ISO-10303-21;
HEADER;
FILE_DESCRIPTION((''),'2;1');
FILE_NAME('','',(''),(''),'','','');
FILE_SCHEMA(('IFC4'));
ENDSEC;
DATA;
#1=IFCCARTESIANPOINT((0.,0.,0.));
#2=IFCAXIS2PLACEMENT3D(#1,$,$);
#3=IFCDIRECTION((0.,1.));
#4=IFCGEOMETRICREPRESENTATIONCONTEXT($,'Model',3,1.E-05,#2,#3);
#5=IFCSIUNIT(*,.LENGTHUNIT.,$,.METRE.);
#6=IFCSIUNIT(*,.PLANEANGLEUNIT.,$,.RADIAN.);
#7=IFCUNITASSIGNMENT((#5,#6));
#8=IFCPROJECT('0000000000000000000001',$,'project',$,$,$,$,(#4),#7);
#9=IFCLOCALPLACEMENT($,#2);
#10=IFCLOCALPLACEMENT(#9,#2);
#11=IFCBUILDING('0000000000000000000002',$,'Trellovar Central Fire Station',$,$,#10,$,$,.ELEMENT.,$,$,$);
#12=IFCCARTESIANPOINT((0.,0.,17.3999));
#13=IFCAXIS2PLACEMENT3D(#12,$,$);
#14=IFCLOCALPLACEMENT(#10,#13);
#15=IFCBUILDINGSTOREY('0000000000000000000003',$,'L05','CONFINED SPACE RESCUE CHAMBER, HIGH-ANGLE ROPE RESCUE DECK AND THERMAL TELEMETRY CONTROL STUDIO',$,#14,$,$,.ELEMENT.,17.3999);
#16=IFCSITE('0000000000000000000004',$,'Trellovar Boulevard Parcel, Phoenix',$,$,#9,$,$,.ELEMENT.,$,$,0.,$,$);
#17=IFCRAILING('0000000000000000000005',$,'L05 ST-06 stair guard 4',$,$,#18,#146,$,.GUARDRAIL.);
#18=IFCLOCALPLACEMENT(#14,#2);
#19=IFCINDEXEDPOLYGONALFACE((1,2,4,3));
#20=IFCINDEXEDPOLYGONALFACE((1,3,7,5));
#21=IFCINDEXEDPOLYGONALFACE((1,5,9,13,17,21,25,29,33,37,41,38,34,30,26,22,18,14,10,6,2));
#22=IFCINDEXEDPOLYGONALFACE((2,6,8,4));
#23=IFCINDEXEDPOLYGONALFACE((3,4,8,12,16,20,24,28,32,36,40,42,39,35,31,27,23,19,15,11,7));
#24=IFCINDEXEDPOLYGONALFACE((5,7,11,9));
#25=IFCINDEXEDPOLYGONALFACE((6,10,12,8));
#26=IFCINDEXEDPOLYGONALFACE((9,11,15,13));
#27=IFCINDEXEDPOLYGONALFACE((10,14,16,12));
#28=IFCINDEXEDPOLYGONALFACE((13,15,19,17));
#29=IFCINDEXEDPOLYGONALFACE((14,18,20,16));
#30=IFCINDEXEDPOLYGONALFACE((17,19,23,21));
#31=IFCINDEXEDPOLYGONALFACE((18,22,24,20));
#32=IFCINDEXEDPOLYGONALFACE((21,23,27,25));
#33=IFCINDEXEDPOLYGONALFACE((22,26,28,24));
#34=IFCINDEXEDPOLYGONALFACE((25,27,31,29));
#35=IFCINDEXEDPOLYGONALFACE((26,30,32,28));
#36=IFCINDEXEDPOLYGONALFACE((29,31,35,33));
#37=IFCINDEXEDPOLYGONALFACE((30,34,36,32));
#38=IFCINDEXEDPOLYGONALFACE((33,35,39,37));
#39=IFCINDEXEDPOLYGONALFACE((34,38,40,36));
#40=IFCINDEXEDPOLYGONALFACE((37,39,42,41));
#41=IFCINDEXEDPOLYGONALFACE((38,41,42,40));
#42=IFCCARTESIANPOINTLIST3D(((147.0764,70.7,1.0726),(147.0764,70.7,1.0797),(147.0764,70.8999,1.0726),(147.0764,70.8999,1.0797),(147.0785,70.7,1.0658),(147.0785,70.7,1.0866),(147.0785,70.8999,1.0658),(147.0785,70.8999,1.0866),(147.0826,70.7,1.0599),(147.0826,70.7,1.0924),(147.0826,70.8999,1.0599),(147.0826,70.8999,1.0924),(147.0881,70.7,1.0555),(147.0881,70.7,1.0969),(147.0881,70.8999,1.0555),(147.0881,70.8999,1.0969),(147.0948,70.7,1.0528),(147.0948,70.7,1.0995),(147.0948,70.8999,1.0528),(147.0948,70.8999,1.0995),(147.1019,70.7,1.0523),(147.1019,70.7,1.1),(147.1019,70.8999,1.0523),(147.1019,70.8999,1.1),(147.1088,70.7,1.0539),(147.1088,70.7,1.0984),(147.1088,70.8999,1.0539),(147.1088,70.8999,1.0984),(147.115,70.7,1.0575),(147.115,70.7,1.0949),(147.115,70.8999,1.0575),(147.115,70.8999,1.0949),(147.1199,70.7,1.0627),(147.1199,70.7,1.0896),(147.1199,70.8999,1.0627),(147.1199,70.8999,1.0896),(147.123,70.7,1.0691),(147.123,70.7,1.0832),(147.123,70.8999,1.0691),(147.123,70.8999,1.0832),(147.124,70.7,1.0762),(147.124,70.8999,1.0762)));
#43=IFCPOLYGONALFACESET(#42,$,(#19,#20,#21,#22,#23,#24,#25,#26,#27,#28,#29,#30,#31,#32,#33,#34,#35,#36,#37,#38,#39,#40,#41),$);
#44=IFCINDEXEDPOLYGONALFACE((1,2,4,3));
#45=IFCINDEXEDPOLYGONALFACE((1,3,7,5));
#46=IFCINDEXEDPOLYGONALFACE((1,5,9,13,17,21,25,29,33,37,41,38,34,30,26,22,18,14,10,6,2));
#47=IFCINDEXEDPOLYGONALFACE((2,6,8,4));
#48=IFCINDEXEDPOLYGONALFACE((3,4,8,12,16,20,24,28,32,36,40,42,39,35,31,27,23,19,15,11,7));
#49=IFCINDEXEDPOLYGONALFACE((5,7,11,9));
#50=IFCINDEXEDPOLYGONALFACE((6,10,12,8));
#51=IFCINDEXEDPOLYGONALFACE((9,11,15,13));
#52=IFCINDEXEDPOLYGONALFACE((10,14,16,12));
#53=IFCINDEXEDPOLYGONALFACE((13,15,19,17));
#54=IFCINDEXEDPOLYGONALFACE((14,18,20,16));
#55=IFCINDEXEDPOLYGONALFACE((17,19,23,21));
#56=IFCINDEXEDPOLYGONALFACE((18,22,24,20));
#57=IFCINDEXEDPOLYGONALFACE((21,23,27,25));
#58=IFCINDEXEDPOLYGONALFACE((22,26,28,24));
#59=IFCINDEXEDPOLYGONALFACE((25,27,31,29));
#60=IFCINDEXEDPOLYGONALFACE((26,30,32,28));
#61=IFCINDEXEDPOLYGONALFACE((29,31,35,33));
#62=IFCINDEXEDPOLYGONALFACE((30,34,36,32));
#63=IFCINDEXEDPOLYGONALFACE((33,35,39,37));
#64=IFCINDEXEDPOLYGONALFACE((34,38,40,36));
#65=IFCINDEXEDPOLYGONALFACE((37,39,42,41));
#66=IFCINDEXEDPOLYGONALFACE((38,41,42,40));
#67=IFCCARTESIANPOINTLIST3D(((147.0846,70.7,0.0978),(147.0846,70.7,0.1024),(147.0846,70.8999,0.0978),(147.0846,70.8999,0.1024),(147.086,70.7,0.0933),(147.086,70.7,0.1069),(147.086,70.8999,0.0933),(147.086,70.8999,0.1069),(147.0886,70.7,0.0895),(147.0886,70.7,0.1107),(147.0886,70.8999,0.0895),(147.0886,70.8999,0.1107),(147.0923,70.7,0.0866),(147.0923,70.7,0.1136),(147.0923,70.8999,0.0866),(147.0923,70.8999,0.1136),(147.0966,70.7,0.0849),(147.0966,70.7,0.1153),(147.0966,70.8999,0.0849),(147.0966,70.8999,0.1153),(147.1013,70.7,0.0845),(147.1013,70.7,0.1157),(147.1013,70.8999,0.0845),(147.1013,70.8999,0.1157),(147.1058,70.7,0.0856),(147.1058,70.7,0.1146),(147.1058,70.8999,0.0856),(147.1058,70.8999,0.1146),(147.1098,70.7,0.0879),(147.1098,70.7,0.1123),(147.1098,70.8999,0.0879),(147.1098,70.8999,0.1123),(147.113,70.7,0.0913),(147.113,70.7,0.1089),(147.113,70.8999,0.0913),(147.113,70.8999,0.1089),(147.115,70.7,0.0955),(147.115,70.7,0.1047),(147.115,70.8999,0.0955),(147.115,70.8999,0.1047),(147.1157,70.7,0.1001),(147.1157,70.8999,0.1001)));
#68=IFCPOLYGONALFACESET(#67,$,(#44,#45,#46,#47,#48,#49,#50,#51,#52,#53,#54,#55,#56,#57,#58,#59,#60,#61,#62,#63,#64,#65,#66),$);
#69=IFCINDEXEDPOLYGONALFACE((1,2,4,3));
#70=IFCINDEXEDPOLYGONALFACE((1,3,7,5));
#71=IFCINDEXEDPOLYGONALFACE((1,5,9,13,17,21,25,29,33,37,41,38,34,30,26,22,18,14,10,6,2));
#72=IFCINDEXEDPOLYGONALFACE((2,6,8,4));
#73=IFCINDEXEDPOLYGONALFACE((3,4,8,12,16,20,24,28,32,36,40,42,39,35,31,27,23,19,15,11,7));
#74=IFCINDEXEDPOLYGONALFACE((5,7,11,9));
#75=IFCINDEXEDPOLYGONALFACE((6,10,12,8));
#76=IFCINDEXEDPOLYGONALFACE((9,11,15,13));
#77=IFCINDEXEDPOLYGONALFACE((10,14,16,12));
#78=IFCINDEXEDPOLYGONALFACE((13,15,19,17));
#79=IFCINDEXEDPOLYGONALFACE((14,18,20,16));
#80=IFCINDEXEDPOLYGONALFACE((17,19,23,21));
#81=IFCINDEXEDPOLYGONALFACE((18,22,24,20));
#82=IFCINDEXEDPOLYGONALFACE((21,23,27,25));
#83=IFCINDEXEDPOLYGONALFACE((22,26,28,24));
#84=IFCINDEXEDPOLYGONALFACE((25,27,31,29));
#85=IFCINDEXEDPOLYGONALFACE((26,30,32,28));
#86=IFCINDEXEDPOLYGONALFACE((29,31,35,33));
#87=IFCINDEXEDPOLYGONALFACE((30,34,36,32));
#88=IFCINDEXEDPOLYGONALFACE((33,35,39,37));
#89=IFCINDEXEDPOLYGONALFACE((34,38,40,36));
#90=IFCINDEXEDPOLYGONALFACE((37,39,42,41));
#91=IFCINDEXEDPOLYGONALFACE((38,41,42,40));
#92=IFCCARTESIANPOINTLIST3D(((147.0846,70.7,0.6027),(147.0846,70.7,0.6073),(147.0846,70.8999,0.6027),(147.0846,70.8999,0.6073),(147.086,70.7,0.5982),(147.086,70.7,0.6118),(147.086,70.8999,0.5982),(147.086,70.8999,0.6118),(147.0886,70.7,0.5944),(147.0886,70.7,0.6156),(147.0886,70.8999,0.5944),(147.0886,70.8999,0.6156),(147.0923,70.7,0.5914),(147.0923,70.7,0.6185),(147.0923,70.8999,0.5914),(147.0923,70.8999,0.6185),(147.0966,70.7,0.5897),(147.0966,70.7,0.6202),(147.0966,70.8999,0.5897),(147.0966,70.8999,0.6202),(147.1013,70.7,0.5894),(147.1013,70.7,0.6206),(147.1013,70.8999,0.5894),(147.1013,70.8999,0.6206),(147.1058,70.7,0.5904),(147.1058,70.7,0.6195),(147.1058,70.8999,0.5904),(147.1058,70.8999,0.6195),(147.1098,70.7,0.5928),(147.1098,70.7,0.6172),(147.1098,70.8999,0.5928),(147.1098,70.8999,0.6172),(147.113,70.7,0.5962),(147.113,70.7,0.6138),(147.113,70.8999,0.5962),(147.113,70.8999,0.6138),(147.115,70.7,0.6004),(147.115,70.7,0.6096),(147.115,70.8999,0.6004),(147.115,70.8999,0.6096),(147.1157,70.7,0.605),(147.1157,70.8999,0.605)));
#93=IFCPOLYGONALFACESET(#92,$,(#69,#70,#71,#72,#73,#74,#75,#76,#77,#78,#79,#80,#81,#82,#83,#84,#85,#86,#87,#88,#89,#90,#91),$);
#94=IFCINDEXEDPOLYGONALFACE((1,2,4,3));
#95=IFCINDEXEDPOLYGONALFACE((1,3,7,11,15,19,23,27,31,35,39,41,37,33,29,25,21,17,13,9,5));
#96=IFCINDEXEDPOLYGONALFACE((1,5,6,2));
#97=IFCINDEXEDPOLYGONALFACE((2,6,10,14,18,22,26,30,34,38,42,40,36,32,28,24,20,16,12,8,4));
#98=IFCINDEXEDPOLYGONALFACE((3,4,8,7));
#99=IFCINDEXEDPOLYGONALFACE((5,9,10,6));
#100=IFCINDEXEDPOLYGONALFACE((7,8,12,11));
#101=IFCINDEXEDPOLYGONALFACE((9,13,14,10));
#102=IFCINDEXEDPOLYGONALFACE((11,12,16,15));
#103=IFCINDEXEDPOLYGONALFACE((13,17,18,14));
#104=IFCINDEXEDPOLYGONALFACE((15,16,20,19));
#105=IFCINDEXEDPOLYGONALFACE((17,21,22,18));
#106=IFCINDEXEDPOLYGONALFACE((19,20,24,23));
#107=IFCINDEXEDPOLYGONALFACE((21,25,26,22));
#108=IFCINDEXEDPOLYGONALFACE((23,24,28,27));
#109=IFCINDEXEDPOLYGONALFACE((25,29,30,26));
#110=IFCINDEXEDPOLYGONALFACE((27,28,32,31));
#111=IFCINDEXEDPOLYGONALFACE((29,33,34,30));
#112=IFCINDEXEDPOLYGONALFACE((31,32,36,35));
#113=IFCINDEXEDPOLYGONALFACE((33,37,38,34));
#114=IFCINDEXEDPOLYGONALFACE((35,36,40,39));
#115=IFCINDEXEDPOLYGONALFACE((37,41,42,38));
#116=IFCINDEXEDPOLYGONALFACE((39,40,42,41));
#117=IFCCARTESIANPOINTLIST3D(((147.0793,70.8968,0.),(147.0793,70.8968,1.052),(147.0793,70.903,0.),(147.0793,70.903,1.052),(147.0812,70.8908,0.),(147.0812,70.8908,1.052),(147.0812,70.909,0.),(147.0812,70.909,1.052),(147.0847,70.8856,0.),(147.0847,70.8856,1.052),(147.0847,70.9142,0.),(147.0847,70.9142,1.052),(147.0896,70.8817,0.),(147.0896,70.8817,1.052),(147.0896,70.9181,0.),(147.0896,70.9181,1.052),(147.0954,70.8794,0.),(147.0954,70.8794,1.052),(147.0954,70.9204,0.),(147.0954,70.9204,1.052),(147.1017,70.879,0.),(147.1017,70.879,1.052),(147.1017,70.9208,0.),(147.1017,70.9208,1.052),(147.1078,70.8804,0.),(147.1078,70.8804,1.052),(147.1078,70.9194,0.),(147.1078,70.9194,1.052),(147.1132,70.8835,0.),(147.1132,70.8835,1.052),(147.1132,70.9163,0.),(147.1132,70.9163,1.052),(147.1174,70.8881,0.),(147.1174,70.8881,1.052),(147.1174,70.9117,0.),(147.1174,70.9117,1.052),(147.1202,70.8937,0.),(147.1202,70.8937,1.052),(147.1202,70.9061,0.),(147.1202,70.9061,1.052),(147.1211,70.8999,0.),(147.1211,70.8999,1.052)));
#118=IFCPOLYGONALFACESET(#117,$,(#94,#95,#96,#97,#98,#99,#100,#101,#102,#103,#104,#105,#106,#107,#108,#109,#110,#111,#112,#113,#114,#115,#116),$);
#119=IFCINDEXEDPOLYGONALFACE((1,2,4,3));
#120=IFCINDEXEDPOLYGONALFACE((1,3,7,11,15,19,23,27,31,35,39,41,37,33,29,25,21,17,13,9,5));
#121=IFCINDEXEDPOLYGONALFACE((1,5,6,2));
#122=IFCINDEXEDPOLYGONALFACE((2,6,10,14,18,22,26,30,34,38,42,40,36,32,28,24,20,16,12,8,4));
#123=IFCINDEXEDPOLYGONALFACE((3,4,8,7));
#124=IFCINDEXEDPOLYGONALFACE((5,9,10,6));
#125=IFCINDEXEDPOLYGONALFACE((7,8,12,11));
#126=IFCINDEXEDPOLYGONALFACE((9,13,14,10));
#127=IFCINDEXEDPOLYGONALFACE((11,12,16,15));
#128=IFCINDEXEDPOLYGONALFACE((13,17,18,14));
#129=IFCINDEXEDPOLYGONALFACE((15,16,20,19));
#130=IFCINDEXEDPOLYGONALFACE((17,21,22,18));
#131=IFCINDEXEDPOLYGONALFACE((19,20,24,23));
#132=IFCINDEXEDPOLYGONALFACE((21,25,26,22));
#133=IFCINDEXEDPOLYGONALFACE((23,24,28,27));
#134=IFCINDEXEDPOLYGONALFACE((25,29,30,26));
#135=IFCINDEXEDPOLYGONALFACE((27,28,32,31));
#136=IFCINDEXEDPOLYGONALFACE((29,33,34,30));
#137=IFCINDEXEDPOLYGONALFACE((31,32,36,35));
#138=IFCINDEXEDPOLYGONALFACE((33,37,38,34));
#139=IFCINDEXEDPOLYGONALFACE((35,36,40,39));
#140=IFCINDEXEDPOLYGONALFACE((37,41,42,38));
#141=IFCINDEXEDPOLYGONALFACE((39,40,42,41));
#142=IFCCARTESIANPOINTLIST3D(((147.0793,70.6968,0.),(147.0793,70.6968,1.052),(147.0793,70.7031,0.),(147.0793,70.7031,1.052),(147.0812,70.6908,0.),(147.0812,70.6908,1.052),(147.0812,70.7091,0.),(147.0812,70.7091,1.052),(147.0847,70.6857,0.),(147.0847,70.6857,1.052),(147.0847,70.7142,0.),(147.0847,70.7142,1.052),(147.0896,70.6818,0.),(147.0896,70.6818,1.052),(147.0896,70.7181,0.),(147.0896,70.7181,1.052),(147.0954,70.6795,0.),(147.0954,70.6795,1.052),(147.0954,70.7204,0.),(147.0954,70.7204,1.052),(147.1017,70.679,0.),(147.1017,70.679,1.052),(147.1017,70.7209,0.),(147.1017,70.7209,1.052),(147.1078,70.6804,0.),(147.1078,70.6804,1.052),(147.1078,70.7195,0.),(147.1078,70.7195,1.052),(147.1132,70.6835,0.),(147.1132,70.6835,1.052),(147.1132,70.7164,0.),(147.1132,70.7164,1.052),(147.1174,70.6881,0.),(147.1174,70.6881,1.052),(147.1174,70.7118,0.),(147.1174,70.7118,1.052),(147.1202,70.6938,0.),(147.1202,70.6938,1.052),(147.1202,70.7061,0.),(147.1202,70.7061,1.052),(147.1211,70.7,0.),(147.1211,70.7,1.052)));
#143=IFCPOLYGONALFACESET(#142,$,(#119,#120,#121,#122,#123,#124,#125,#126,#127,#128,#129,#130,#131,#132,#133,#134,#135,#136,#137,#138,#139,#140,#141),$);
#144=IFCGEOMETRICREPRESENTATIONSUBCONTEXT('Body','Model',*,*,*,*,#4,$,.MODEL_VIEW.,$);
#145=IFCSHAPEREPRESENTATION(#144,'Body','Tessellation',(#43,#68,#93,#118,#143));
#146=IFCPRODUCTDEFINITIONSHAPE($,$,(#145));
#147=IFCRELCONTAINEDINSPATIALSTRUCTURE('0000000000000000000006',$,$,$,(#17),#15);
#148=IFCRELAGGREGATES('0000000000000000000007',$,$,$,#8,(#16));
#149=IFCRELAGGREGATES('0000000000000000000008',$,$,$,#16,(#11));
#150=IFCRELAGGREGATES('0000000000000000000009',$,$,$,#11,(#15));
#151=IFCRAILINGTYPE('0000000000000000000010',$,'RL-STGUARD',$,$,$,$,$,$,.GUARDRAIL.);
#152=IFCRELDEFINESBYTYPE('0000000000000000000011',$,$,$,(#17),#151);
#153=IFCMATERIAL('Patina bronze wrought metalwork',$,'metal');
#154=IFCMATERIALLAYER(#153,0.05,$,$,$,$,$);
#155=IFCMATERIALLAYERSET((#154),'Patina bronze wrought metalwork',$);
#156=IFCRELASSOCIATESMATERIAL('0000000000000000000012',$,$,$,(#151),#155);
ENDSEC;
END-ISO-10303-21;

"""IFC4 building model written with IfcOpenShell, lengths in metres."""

from ifc_helpers import new_model, si_unit, direction, frame, origin, origin_2d, place, context, subcontext, project, spatial, circle, extrude, material, layer, layer_set, type_object, element, save


model = new_model("IFC4")

# Units and contexts
model_context = context("Model", 3, precision=1e-05, world=origin(), true_north=direction((0.0, 1.0)))
body_context = subcontext(model_context, "Body", "Model", "MODEL_VIEW")
ifc_project = project(units=[si_unit("LENGTHUNIT", "METRE"), si_unit("PLANEANGLEUNIT", "RADIAN")], contexts=[model_context])

# Site, building, storey
site_placement = place(None, origin())
site = spatial("IfcSite", under=ifc_project, at=site_placement, Name="Trellovar Boulevard Parcel, Phoenix", CompositionType="ELEMENT", RefElevation=0.0)
building_placement = place(site_placement, origin())
building = spatial("IfcBuilding", under=site, at=building_placement, Name="Trellovar Central Fire Station", CompositionType="ELEMENT")
storey_placement = place(building_placement, frame((0.0, 0.0, 17.3999)))
storey = spatial("IfcBuildingStorey", under=building, at=storey_placement, Name="L05", Description="CONFINED SPACE RESCUE CHAMBER, HIGH-ANGLE ROPE RESCUE DECK AND THERMAL TELEMETRY CONTROL STUDIO", CompositionType="ELEMENT", Elevation=17.3999)

# Railing
ifc_material_1 = material(Name="Patina bronze wrought metalwork", Category="metal")
ifc_layer_1 = layer(ifc_material_1, 0.05)
ifc_layer_set_1 = layer_set([ifc_layer_1], Name="Patina bronze wrought metalwork")
railing_type_1 = type_object("IfcRailingType", Name="RL-STGUARD", PredefinedType="GUARDRAIL", material=ifc_layer_set_1)
railing_1_placement = place(storey_placement, frame((147.1001, 70.8999, 0.0)))
element("IfcRailing", 1, at=railing_1_placement, inside=storey, type_object=railing_type_1, Name="L05 ST-06 stair guard 4", PredefinedType="GUARDRAIL", context=body_context, shape_type="SweptSolid", body=[
    extrude(circle(Radius=0.0239, at=origin_2d()), frame((0.0, 0.0, 1.0762), z_axis=(0.0, -1.0, 0.0), x_axis=(1.0, 0.0, 0.0)), (0.0, 0.0, 1.0), 0.2),
    extrude(circle(Radius=0.0156, at=origin_2d()), frame((0.0, 0.0, 0.1001), z_axis=(0.0, -1.0, 0.0), x_axis=(1.0, 0.0, 0.0)), (0.0, 0.0, 1.0), 0.2),
    extrude(circle(Radius=0.0156, at=origin_2d()), frame((0.0, 0.0, 0.605), z_axis=(0.0, -1.0, 0.0), x_axis=(1.0, 0.0, 0.0)), (0.0, 0.0, 1.0), 0.2),
    extrude(circle(Radius=0.021, at=origin_2d()), origin(), (0.0, 0.0, 1.0), 1.052),
    extrude(circle(Radius=0.021, at=origin_2d()), frame((0.0, -0.2, 0.0)), (0.0, 0.0, 1.0), 1.052),
])

save(model, "model.ifc")
